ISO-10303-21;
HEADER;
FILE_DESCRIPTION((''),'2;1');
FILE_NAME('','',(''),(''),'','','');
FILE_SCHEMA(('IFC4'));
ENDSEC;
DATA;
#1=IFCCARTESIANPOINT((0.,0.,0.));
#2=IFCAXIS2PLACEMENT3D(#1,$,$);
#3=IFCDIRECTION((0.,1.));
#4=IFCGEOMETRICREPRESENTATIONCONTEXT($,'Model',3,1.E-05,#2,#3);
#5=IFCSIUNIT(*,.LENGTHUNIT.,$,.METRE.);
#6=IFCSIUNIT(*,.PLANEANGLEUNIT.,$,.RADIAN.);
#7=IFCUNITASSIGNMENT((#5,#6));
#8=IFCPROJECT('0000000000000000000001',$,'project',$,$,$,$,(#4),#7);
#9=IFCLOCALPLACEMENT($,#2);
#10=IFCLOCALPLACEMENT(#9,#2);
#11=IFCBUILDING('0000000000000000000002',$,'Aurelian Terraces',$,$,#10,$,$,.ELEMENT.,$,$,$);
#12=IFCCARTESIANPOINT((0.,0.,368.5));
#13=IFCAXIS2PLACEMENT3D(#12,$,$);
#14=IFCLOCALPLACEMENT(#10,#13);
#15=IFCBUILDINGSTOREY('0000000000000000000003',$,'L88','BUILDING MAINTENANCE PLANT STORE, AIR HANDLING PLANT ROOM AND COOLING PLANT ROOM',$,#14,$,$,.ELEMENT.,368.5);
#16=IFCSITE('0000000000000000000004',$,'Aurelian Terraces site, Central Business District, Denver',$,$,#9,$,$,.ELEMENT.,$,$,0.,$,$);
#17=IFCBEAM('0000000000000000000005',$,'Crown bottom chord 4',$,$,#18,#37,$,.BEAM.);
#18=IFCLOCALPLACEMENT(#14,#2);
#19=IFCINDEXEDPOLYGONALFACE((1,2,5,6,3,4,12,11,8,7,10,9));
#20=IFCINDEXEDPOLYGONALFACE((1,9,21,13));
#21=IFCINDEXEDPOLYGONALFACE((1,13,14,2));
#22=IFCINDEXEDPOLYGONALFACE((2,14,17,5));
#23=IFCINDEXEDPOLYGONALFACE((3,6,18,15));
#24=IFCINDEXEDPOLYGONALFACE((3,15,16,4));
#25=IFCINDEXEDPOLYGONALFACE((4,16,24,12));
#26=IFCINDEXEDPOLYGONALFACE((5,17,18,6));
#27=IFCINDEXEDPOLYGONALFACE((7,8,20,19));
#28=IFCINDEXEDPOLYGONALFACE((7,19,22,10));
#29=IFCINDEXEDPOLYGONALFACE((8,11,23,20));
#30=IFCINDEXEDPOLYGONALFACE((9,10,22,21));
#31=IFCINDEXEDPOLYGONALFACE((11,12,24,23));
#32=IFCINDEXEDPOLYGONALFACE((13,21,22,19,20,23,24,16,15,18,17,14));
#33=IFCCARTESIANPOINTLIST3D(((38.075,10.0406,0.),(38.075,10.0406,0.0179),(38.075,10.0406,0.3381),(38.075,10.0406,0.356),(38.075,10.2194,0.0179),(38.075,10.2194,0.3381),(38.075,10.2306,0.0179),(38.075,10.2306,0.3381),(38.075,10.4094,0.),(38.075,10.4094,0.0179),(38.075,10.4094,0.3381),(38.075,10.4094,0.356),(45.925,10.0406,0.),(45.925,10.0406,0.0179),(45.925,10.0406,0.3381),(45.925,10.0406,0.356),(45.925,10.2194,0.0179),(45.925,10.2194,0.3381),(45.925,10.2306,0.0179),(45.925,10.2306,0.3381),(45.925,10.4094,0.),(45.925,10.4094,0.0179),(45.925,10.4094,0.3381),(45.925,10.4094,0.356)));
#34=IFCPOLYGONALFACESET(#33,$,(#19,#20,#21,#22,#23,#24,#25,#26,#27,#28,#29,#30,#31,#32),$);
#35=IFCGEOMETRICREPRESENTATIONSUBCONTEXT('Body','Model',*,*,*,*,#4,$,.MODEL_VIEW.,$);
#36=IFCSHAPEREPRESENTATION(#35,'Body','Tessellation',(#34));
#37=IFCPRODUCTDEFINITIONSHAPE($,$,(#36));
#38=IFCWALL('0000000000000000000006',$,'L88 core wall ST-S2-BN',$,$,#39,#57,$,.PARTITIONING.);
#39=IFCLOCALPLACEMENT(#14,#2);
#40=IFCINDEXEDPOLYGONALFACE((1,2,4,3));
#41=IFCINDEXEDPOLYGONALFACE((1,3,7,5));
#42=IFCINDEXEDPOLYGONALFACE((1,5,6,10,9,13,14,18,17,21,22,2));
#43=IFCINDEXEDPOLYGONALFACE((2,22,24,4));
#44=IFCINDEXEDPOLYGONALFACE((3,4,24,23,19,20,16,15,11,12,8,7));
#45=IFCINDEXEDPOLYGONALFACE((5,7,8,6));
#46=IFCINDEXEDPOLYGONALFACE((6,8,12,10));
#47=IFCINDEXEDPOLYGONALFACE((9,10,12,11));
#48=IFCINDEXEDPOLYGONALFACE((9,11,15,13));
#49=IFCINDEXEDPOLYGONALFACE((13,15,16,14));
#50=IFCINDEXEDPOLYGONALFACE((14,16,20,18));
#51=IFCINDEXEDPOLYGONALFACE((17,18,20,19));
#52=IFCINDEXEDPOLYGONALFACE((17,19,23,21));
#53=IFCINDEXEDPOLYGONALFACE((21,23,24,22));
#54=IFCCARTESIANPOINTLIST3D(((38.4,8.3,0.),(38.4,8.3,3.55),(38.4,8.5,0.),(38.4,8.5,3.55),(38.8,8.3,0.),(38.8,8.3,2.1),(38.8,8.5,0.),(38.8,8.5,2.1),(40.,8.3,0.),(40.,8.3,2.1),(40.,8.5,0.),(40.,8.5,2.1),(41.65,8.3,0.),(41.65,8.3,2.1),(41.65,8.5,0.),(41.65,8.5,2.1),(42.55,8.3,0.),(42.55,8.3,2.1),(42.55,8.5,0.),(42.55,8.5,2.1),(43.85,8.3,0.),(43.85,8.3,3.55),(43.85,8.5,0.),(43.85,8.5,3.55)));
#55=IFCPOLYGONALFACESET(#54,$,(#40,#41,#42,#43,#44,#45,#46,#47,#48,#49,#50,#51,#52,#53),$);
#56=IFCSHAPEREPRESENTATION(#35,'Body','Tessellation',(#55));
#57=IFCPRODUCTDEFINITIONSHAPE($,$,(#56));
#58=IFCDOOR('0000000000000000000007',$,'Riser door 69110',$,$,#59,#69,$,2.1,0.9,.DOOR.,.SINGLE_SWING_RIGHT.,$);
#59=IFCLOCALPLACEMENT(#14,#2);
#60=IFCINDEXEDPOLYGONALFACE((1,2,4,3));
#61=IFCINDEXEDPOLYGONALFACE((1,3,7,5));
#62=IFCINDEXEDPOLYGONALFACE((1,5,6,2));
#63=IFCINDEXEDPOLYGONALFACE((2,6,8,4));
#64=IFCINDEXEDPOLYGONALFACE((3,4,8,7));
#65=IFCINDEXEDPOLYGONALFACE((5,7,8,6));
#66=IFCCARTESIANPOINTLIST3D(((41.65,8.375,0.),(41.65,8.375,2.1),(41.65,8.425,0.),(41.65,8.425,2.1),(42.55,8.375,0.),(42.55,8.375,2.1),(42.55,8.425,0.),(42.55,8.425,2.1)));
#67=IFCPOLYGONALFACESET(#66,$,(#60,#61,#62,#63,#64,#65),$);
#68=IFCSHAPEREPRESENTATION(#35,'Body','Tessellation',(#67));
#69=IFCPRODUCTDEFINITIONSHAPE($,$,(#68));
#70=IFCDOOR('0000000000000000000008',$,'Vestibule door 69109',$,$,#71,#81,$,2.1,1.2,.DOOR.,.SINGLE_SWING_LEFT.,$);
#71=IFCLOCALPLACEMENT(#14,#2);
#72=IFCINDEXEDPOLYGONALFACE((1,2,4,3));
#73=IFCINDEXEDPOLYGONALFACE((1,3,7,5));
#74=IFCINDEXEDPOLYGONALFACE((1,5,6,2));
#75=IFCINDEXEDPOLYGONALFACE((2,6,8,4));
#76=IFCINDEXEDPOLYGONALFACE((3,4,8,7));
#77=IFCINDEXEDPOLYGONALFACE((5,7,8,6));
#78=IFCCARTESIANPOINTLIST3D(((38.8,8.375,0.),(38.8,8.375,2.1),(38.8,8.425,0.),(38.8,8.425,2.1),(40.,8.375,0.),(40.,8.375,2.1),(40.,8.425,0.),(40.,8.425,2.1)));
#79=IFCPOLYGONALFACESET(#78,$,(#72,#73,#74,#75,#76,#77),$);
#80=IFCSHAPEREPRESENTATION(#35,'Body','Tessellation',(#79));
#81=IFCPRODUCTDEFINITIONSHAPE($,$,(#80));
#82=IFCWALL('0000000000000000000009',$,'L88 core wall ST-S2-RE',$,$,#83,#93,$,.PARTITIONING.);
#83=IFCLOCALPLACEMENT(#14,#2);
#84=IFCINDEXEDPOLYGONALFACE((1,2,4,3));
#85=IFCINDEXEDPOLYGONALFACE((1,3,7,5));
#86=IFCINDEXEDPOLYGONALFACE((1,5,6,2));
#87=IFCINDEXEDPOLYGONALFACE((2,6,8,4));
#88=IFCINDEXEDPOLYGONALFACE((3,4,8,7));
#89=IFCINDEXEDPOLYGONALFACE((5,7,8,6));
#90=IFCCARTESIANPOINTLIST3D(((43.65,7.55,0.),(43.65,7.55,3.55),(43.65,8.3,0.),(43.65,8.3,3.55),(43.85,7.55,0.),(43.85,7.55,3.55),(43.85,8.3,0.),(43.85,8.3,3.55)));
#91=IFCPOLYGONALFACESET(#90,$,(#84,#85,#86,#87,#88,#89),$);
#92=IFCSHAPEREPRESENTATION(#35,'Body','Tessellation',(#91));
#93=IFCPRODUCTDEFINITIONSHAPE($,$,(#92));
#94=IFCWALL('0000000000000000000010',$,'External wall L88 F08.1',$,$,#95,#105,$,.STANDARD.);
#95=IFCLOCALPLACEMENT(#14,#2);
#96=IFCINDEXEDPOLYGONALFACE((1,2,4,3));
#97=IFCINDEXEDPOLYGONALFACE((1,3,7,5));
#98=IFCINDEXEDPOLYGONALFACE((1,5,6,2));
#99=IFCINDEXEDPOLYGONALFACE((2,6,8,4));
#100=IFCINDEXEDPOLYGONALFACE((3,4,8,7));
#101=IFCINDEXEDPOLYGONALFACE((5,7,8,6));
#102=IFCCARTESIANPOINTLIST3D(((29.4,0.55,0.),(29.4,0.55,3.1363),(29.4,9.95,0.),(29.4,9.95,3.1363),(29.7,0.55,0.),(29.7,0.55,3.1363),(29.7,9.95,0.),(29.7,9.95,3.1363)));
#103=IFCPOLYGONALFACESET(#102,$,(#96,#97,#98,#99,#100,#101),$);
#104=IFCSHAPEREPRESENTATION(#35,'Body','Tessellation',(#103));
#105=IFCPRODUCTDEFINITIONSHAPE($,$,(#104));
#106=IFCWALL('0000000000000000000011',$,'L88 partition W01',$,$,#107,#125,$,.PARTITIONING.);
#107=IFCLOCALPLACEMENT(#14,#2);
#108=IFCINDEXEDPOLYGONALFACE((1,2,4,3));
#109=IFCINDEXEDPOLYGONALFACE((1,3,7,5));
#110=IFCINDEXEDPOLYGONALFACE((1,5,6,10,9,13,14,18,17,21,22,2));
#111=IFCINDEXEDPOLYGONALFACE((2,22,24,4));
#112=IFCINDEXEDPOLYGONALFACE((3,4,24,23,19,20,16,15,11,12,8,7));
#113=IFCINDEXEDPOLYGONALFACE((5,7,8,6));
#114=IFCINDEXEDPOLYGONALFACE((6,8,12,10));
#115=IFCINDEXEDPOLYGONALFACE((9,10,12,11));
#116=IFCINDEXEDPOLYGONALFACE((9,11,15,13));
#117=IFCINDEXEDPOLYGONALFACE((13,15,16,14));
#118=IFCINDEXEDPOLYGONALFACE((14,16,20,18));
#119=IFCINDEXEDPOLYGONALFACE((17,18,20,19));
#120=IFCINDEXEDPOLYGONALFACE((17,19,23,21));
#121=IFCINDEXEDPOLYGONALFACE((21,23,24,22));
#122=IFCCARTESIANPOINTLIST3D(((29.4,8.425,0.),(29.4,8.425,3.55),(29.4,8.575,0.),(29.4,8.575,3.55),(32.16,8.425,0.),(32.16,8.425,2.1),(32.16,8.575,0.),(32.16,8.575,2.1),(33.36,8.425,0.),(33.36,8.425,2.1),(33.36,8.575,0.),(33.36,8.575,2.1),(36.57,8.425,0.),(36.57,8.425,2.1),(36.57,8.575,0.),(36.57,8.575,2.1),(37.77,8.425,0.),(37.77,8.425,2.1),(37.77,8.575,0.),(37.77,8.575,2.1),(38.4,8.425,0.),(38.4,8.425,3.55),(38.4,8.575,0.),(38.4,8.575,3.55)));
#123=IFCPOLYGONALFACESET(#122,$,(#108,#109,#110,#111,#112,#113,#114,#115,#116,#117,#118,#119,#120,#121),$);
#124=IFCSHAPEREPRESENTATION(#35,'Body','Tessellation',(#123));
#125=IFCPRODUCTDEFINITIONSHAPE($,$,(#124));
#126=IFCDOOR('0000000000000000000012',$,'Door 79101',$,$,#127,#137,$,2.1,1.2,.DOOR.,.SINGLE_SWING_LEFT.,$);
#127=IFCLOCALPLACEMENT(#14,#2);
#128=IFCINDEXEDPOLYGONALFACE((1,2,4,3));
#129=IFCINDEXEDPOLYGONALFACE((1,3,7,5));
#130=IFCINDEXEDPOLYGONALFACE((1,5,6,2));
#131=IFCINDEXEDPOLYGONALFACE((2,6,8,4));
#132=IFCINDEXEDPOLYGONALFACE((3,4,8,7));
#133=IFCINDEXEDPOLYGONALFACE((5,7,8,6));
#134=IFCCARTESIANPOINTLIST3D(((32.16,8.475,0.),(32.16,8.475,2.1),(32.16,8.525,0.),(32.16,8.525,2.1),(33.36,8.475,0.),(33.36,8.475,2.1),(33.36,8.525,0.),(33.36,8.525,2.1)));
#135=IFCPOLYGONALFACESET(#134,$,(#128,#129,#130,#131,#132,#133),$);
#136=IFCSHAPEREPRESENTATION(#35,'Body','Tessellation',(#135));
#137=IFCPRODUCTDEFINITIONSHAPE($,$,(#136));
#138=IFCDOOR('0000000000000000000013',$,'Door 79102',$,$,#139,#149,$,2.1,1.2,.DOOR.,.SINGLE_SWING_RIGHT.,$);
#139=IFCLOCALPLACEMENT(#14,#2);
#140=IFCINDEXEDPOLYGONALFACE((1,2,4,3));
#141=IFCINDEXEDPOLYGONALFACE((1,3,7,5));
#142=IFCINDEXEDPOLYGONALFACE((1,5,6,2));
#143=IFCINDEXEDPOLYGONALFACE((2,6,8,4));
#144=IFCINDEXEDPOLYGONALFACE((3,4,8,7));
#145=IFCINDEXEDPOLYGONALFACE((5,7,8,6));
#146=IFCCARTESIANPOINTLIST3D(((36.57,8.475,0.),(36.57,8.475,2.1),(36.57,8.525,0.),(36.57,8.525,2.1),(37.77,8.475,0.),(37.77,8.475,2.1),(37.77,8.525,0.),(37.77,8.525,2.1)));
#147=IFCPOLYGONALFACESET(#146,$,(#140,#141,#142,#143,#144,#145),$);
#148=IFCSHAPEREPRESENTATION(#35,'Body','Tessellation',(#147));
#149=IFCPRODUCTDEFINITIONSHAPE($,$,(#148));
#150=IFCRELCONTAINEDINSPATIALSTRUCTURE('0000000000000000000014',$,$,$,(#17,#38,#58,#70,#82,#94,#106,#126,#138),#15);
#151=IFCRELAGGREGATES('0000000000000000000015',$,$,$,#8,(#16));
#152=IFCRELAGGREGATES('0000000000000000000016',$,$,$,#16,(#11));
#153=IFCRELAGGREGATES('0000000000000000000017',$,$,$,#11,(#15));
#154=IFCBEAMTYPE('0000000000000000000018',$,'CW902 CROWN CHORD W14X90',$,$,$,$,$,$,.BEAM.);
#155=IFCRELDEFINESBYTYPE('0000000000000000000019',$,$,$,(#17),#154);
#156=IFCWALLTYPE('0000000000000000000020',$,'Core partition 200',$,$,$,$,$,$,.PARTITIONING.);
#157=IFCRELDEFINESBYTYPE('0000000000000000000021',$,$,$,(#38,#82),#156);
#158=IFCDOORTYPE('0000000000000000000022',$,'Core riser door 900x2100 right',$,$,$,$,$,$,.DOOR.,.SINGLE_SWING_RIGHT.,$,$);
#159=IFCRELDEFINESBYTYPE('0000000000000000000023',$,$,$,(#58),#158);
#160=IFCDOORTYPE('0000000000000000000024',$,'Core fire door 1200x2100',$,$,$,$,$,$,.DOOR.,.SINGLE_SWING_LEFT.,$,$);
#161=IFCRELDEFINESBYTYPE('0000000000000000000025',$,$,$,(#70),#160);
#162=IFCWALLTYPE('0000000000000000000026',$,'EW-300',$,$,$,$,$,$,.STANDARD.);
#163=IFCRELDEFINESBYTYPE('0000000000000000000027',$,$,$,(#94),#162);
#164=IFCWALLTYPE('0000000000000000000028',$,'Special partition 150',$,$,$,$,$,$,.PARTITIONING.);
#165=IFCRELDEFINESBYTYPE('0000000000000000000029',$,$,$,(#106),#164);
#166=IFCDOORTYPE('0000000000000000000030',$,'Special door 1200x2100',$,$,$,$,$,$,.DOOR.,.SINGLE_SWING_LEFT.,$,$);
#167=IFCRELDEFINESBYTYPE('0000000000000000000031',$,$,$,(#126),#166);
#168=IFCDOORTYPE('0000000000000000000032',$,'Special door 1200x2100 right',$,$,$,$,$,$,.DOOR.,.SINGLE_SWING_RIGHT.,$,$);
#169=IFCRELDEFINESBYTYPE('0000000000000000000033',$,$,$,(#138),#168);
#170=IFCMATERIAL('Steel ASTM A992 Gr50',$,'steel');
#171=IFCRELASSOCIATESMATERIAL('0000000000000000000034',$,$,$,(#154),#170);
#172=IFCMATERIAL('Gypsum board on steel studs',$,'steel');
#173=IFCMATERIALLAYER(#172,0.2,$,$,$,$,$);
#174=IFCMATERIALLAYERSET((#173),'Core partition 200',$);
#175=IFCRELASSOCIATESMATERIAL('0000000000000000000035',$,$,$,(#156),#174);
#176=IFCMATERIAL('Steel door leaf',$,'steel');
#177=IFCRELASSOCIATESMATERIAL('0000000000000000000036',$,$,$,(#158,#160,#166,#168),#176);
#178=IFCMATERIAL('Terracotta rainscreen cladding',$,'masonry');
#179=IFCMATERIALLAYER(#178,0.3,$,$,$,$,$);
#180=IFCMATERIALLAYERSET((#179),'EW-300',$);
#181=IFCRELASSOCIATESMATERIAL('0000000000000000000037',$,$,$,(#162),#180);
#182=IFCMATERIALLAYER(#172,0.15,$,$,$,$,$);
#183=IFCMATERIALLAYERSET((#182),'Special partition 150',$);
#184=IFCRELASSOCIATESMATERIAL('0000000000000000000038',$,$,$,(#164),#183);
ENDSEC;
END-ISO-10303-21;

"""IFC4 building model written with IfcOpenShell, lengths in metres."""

from ifc_helpers import new_model, si_unit, direction, frame, frame_2d, origin, origin_2d, place, context, subcontext, project, spatial, rectangle, i_section, extrude, source, transform, mapped, material, layer, layer_set, material_profile, profile_set, type_object, element, fill, save


model = new_model("IFC4")

# Units and contexts
model_context = context("Model", 3, precision=1e-05, world=origin(), true_north=direction((0.0, 1.0)))
body_context = subcontext(model_context, "Body", "Model", "MODEL_VIEW")
ifc_project = project(units=[si_unit("LENGTHUNIT", "METRE"), si_unit("PLANEANGLEUNIT", "RADIAN")], contexts=[model_context])

# Site, building, storey
site_placement = place(None, origin())
site = spatial("IfcSite", under=ifc_project, at=site_placement, Name="Aurelian Terraces site, Central Business District, Denver", CompositionType="ELEMENT", RefElevation=0.0)
building_placement = place(site_placement, origin())
building = spatial("IfcBuilding", under=site, at=building_placement, Name="Aurelian Terraces", CompositionType="ELEMENT")
storey_placement = place(building_placement, frame((0.0, 0.0, 368.5)))
storey = spatial("IfcBuildingStorey", under=building, at=storey_placement, Name="L88", Description="BUILDING MAINTENANCE PLANT STORE, AIR HANDLING PLANT ROOM AND COOLING PLANT ROOM", CompositionType="ELEMENT", Elevation=368.5)

# Shared definitions
ifc_material_1 = material(Name="Steel ASTM A992 Gr50", Category="steel")

# Beam
ifc_material_profile_1 = material_profile(ifc_material_1, i_section(OverallWidth=0.3688, OverallDepth=0.3561, WebThickness=0.0112, FlangeThickness=0.018, at=origin_2d()))
ifc_profile_set_1 = profile_set([ifc_material_profile_1], Name="Steel ASTM A992 Gr50")
beam_type_1 = type_object("IfcBeamType", Name="CW902 CROWN CHORD W14X90", PredefinedType="BEAM", material=ifc_profile_set_1)
shared_shape_1 = source(origin(), body_context, "Body", "SweptSolid", [
    extrude(i_section(OverallWidth=0.3688, OverallDepth=0.3561, WebThickness=0.0112, FlangeThickness=0.018, at=origin_2d()), origin(), (0.0, 0.0, 1.0), 7.85),
])
beam_1_placement = place(storey_placement, frame((38.075, 10.225, 0.178), z_axis=(1.0, 0.0, 0.0), x_axis=(0.0, 1.0, 0.0)))
element("IfcBeam", 1, at=beam_1_placement, inside=storey, type_object=beam_type_1, Name="Crown bottom chord 4", PredefinedType="BEAM", context=body_context, shape_type="MappedRepresentation", body=[
    mapped(shared_shape_1, transform((0.0, 0.0, 0.0), scale=1.0)),
])

# Wall, openings, doors
ifc_material_2 = material(Name="Gypsum board on steel studs", Category="steel")
ifc_layer_1 = layer(ifc_material_2, 0.2)
ifc_layer_set_1 = layer_set([ifc_layer_1], Name="Core partition 200")
wall_type_1 = type_object("IfcWallType", Name="Core partition 200", PredefinedType="PARTITIONING", material=ifc_layer_set_1)
wall_1_placement = place(storey_placement, frame((38.4, 8.4, 0.0), z_axis=(0.0, 0.0, 1.0), x_axis=(1.0, 0.0, 0.0)))
wall_1 = element("IfcWall", 2, at=wall_1_placement, inside=storey, type_object=wall_type_1, Name="L88 core wall ST-S2-BN", PredefinedType="PARTITIONING", context=body_context, shape_type="SweptSolid", body=[
    extrude(rectangle(XDim=5.45, YDim=0.2, at=frame_2d((2.725, 0.0))), origin(), (0.0, 0.0, 1.0), 3.55),
])
shared_shape_2 = source(origin(), body_context, "Body", "SweptSolid", [
    extrude(rectangle(XDim=1.2, YDim=2.1, at=frame_2d((0.6, 1.05))), frame((0.0, 0.11, 0.0), z_axis=(0.0, -1.0, 0.0), x_axis=(1.0, 0.0, 0.0)), (0.0, 0.0, 1.0), 0.22),
])
opening_1_placement = place(wall_1_placement, frame((0.4, 0.0, 0.0)))
opening_1 = element("IfcOpeningElement", 3, at=opening_1_placement, cuts=wall_1, PredefinedType="OPENING", context=body_context, shape_type="MappedRepresentation", body=[
    mapped(shared_shape_2, transform((0.0, 0.0, 0.0), scale=1.0)),
])
shared_shape_3 = source(origin(), body_context, "Body", "SweptSolid", [
    extrude(rectangle(XDim=0.9, YDim=2.1, at=frame_2d((0.45, 1.05))), frame((0.0, 0.11, 0.0), z_axis=(0.0, -1.0, 0.0), x_axis=(1.0, 0.0, 0.0)), (0.0, 0.0, 1.0), 0.22),
])
opening_2_placement = place(wall_1_placement, frame((3.25, 0.0, 0.0)))
opening_2 = element("IfcOpeningElement", 4, at=opening_2_placement, cuts=wall_1, PredefinedType="OPENING", context=body_context, shape_type="MappedRepresentation", body=[
    mapped(shared_shape_3, transform((0.0, 0.0, 0.0), scale=1.0)),
])
ifc_material_3 = material(Name="Steel door leaf", Category="steel")
door_type_1 = type_object("IfcDoorType", Name="Core riser door 900x2100 right", OperationType="SINGLE_SWING_RIGHT", PredefinedType="DOOR", material=ifc_material_3)
shared_shape_4 = source(origin(), body_context, "Body", "SweptSolid", [
    extrude(rectangle(XDim=0.9, YDim=2.1, at=frame_2d((0.45, 1.05))), frame((0.0, 0.025, 0.0), z_axis=(0.0, -1.0, 0.0), x_axis=(1.0, 0.0, 0.0)), (0.0, 0.0, 1.0), 0.05),
])
door_1_placement = place(opening_2_placement, origin())
door_1 = element("IfcDoor", 5, at=door_1_placement, inside=storey, type_object=door_type_1, Name="Riser door 69110", OperationType="SINGLE_SWING_RIGHT", OverallHeight=2.1, OverallWidth=0.9, PredefinedType="DOOR", context=body_context, shape_type="MappedRepresentation", body=[
    mapped(shared_shape_4, transform((0.0, 0.0, 0.0), scale=1.0)),
])
fill(opening_2, door_1)
door_type_2 = type_object("IfcDoorType", Name="Core fire door 1200x2100", OperationType="SINGLE_SWING_LEFT", PredefinedType="DOOR", material=ifc_material_3)
shared_shape_5 = source(origin(), body_context, "Body", "SweptSolid", [
    extrude(rectangle(XDim=1.2, YDim=2.1, at=frame_2d((0.6, 1.05))), frame((0.0, 0.025, 0.0), z_axis=(0.0, -1.0, 0.0), x_axis=(1.0, 0.0, 0.0)), (0.0, 0.0, 1.0), 0.05),
])
door_2_placement = place(opening_1_placement, origin())
door_2 = element("IfcDoor", 6, at=door_2_placement, inside=storey, type_object=door_type_2, Name="Vestibule door 69109", OperationType="SINGLE_SWING_LEFT", OverallHeight=2.1, OverallWidth=1.2, PredefinedType="DOOR", context=body_context, shape_type="MappedRepresentation", body=[
    mapped(shared_shape_5, transform((0.0, 0.0, 0.0), scale=1.0)),
])
fill(opening_1, door_2)

# Walls
wall_2_placement = place(storey_placement, frame((43.75, 7.55, 0.0), z_axis=(0.0, 0.0, 1.0), x_axis=(0.0, 1.0, 0.0)))
element("IfcWall", 7, at=wall_2_placement, inside=storey, type_object=wall_type_1, Name="L88 core wall ST-S2-RE", PredefinedType="PARTITIONING", context=body_context, shape_type="SweptSolid", body=[
    extrude(rectangle(XDim=0.75, YDim=0.2, at=frame_2d((0.375, 0.0))), origin(), (0.0, 0.0, 1.0), 3.55),
])
ifc_material_4 = material(Name="Terracotta rainscreen cladding", Category="masonry")
ifc_layer_2 = layer(ifc_material_4, 0.3)
ifc_layer_set_2 = layer_set([ifc_layer_2], Name="EW-300")
wall_type_2 = type_object("IfcWallType", Name="EW-300", PredefinedType="STANDARD", material=ifc_layer_set_2)
wall_3_placement = place(storey_placement, frame((29.55, 9.95, 0.0), z_axis=(0.0, 0.0, 1.0), x_axis=(0.0, -1.0, 0.0)))
element("IfcWall", 8, at=wall_3_placement, inside=storey, type_object=wall_type_2, Name="External wall L88 F08.1", PredefinedType="STANDARD", context=body_context, shape_type="SweptSolid", body=[
    extrude(rectangle(XDim=9.4, YDim=0.3, at=frame_2d((4.7, 0.0))), origin(), (0.0, 0.0, 1.0), 3.1363),
])

# Wall, openings, doors
ifc_layer_3 = layer(ifc_material_2, 0.15)
ifc_layer_set_3 = layer_set([ifc_layer_3], Name="Special partition 150")
wall_type_3 = type_object("IfcWallType", Name="Special partition 150", PredefinedType="PARTITIONING", material=ifc_layer_set_3)
wall_4_placement = place(storey_placement, frame((29.4, 8.5, 0.0), z_axis=(0.0, 0.0, 1.0), x_axis=(1.0, 0.0, 0.0)))
wall_4 = element("IfcWall", 9, at=wall_4_placement, inside=storey, type_object=wall_type_3, Name="L88 partition W01", PredefinedType="PARTITIONING", context=body_context, shape_type="SweptSolid", body=[
    extrude(rectangle(XDim=9.0, YDim=0.15, at=frame_2d((4.5, 0.0))), origin(), (0.0, 0.0, 1.0), 3.55),
])
shared_shape_6 = source(origin(), body_context, "Body", "SweptSolid", [
    extrude(rectangle(XDim=1.2, YDim=2.1, at=frame_2d((0.6, 1.05))), frame((0.0, 0.085, 0.0), z_axis=(0.0, -1.0, 0.0), x_axis=(1.0, 0.0, 0.0)), (0.0, 0.0, 1.0), 0.17),
])
opening_3_placement = place(wall_4_placement, frame((2.76, 0.0, 0.0)))
opening_3 = element("IfcOpeningElement", 10, at=opening_3_placement, cuts=wall_4, PredefinedType="OPENING", context=body_context, shape_type="MappedRepresentation", body=[
    mapped(shared_shape_6, transform((0.0, 0.0, 0.0), scale=1.0)),
])
opening_4_placement = place(wall_4_placement, frame((7.17, 0.0, 0.0)))
opening_4 = element("IfcOpeningElement", 11, at=opening_4_placement, cuts=wall_4, PredefinedType="OPENING", context=body_context, shape_type="MappedRepresentation", body=[
    mapped(shared_shape_6, transform((0.0, 0.0, 0.0), scale=1.0)),
])
door_type_3 = type_object("IfcDoorType", Name="Special door 1200x2100", OperationType="SINGLE_SWING_LEFT", PredefinedType="DOOR", material=ifc_material_3)
door_3_placement = place(opening_3_placement, origin())
door_3 = element("IfcDoor", 12, at=door_3_placement, inside=storey, type_object=door_type_3, Name="Door 79101", OperationType="SINGLE_SWING_LEFT", OverallHeight=2.1, OverallWidth=1.2, PredefinedType="DOOR", context=body_context, shape_type="MappedRepresentation", body=[
    mapped(shared_shape_5, transform((0.0, 0.0, 0.0), scale=1.0)),
])
fill(opening_3, door_3)
door_type_4 = type_object("IfcDoorType", Name="Special door 1200x2100 right", OperationType="SINGLE_SWING_RIGHT", PredefinedType="DOOR", material=ifc_material_3)
door_4_placement = place(opening_4_placement, origin())
door_4 = element("IfcDoor", 13, at=door_4_placement, inside=storey, type_object=door_type_4, Name="Door 79102", OperationType="SINGLE_SWING_RIGHT", OverallHeight=2.1, OverallWidth=1.2, PredefinedType="DOOR", context=body_context, shape_type="MappedRepresentation", body=[
    mapped(shared_shape_5, transform((0.0, 0.0, 0.0), scale=1.0)),
])
fill(opening_4, door_4)

save(model, "model.ifc")
